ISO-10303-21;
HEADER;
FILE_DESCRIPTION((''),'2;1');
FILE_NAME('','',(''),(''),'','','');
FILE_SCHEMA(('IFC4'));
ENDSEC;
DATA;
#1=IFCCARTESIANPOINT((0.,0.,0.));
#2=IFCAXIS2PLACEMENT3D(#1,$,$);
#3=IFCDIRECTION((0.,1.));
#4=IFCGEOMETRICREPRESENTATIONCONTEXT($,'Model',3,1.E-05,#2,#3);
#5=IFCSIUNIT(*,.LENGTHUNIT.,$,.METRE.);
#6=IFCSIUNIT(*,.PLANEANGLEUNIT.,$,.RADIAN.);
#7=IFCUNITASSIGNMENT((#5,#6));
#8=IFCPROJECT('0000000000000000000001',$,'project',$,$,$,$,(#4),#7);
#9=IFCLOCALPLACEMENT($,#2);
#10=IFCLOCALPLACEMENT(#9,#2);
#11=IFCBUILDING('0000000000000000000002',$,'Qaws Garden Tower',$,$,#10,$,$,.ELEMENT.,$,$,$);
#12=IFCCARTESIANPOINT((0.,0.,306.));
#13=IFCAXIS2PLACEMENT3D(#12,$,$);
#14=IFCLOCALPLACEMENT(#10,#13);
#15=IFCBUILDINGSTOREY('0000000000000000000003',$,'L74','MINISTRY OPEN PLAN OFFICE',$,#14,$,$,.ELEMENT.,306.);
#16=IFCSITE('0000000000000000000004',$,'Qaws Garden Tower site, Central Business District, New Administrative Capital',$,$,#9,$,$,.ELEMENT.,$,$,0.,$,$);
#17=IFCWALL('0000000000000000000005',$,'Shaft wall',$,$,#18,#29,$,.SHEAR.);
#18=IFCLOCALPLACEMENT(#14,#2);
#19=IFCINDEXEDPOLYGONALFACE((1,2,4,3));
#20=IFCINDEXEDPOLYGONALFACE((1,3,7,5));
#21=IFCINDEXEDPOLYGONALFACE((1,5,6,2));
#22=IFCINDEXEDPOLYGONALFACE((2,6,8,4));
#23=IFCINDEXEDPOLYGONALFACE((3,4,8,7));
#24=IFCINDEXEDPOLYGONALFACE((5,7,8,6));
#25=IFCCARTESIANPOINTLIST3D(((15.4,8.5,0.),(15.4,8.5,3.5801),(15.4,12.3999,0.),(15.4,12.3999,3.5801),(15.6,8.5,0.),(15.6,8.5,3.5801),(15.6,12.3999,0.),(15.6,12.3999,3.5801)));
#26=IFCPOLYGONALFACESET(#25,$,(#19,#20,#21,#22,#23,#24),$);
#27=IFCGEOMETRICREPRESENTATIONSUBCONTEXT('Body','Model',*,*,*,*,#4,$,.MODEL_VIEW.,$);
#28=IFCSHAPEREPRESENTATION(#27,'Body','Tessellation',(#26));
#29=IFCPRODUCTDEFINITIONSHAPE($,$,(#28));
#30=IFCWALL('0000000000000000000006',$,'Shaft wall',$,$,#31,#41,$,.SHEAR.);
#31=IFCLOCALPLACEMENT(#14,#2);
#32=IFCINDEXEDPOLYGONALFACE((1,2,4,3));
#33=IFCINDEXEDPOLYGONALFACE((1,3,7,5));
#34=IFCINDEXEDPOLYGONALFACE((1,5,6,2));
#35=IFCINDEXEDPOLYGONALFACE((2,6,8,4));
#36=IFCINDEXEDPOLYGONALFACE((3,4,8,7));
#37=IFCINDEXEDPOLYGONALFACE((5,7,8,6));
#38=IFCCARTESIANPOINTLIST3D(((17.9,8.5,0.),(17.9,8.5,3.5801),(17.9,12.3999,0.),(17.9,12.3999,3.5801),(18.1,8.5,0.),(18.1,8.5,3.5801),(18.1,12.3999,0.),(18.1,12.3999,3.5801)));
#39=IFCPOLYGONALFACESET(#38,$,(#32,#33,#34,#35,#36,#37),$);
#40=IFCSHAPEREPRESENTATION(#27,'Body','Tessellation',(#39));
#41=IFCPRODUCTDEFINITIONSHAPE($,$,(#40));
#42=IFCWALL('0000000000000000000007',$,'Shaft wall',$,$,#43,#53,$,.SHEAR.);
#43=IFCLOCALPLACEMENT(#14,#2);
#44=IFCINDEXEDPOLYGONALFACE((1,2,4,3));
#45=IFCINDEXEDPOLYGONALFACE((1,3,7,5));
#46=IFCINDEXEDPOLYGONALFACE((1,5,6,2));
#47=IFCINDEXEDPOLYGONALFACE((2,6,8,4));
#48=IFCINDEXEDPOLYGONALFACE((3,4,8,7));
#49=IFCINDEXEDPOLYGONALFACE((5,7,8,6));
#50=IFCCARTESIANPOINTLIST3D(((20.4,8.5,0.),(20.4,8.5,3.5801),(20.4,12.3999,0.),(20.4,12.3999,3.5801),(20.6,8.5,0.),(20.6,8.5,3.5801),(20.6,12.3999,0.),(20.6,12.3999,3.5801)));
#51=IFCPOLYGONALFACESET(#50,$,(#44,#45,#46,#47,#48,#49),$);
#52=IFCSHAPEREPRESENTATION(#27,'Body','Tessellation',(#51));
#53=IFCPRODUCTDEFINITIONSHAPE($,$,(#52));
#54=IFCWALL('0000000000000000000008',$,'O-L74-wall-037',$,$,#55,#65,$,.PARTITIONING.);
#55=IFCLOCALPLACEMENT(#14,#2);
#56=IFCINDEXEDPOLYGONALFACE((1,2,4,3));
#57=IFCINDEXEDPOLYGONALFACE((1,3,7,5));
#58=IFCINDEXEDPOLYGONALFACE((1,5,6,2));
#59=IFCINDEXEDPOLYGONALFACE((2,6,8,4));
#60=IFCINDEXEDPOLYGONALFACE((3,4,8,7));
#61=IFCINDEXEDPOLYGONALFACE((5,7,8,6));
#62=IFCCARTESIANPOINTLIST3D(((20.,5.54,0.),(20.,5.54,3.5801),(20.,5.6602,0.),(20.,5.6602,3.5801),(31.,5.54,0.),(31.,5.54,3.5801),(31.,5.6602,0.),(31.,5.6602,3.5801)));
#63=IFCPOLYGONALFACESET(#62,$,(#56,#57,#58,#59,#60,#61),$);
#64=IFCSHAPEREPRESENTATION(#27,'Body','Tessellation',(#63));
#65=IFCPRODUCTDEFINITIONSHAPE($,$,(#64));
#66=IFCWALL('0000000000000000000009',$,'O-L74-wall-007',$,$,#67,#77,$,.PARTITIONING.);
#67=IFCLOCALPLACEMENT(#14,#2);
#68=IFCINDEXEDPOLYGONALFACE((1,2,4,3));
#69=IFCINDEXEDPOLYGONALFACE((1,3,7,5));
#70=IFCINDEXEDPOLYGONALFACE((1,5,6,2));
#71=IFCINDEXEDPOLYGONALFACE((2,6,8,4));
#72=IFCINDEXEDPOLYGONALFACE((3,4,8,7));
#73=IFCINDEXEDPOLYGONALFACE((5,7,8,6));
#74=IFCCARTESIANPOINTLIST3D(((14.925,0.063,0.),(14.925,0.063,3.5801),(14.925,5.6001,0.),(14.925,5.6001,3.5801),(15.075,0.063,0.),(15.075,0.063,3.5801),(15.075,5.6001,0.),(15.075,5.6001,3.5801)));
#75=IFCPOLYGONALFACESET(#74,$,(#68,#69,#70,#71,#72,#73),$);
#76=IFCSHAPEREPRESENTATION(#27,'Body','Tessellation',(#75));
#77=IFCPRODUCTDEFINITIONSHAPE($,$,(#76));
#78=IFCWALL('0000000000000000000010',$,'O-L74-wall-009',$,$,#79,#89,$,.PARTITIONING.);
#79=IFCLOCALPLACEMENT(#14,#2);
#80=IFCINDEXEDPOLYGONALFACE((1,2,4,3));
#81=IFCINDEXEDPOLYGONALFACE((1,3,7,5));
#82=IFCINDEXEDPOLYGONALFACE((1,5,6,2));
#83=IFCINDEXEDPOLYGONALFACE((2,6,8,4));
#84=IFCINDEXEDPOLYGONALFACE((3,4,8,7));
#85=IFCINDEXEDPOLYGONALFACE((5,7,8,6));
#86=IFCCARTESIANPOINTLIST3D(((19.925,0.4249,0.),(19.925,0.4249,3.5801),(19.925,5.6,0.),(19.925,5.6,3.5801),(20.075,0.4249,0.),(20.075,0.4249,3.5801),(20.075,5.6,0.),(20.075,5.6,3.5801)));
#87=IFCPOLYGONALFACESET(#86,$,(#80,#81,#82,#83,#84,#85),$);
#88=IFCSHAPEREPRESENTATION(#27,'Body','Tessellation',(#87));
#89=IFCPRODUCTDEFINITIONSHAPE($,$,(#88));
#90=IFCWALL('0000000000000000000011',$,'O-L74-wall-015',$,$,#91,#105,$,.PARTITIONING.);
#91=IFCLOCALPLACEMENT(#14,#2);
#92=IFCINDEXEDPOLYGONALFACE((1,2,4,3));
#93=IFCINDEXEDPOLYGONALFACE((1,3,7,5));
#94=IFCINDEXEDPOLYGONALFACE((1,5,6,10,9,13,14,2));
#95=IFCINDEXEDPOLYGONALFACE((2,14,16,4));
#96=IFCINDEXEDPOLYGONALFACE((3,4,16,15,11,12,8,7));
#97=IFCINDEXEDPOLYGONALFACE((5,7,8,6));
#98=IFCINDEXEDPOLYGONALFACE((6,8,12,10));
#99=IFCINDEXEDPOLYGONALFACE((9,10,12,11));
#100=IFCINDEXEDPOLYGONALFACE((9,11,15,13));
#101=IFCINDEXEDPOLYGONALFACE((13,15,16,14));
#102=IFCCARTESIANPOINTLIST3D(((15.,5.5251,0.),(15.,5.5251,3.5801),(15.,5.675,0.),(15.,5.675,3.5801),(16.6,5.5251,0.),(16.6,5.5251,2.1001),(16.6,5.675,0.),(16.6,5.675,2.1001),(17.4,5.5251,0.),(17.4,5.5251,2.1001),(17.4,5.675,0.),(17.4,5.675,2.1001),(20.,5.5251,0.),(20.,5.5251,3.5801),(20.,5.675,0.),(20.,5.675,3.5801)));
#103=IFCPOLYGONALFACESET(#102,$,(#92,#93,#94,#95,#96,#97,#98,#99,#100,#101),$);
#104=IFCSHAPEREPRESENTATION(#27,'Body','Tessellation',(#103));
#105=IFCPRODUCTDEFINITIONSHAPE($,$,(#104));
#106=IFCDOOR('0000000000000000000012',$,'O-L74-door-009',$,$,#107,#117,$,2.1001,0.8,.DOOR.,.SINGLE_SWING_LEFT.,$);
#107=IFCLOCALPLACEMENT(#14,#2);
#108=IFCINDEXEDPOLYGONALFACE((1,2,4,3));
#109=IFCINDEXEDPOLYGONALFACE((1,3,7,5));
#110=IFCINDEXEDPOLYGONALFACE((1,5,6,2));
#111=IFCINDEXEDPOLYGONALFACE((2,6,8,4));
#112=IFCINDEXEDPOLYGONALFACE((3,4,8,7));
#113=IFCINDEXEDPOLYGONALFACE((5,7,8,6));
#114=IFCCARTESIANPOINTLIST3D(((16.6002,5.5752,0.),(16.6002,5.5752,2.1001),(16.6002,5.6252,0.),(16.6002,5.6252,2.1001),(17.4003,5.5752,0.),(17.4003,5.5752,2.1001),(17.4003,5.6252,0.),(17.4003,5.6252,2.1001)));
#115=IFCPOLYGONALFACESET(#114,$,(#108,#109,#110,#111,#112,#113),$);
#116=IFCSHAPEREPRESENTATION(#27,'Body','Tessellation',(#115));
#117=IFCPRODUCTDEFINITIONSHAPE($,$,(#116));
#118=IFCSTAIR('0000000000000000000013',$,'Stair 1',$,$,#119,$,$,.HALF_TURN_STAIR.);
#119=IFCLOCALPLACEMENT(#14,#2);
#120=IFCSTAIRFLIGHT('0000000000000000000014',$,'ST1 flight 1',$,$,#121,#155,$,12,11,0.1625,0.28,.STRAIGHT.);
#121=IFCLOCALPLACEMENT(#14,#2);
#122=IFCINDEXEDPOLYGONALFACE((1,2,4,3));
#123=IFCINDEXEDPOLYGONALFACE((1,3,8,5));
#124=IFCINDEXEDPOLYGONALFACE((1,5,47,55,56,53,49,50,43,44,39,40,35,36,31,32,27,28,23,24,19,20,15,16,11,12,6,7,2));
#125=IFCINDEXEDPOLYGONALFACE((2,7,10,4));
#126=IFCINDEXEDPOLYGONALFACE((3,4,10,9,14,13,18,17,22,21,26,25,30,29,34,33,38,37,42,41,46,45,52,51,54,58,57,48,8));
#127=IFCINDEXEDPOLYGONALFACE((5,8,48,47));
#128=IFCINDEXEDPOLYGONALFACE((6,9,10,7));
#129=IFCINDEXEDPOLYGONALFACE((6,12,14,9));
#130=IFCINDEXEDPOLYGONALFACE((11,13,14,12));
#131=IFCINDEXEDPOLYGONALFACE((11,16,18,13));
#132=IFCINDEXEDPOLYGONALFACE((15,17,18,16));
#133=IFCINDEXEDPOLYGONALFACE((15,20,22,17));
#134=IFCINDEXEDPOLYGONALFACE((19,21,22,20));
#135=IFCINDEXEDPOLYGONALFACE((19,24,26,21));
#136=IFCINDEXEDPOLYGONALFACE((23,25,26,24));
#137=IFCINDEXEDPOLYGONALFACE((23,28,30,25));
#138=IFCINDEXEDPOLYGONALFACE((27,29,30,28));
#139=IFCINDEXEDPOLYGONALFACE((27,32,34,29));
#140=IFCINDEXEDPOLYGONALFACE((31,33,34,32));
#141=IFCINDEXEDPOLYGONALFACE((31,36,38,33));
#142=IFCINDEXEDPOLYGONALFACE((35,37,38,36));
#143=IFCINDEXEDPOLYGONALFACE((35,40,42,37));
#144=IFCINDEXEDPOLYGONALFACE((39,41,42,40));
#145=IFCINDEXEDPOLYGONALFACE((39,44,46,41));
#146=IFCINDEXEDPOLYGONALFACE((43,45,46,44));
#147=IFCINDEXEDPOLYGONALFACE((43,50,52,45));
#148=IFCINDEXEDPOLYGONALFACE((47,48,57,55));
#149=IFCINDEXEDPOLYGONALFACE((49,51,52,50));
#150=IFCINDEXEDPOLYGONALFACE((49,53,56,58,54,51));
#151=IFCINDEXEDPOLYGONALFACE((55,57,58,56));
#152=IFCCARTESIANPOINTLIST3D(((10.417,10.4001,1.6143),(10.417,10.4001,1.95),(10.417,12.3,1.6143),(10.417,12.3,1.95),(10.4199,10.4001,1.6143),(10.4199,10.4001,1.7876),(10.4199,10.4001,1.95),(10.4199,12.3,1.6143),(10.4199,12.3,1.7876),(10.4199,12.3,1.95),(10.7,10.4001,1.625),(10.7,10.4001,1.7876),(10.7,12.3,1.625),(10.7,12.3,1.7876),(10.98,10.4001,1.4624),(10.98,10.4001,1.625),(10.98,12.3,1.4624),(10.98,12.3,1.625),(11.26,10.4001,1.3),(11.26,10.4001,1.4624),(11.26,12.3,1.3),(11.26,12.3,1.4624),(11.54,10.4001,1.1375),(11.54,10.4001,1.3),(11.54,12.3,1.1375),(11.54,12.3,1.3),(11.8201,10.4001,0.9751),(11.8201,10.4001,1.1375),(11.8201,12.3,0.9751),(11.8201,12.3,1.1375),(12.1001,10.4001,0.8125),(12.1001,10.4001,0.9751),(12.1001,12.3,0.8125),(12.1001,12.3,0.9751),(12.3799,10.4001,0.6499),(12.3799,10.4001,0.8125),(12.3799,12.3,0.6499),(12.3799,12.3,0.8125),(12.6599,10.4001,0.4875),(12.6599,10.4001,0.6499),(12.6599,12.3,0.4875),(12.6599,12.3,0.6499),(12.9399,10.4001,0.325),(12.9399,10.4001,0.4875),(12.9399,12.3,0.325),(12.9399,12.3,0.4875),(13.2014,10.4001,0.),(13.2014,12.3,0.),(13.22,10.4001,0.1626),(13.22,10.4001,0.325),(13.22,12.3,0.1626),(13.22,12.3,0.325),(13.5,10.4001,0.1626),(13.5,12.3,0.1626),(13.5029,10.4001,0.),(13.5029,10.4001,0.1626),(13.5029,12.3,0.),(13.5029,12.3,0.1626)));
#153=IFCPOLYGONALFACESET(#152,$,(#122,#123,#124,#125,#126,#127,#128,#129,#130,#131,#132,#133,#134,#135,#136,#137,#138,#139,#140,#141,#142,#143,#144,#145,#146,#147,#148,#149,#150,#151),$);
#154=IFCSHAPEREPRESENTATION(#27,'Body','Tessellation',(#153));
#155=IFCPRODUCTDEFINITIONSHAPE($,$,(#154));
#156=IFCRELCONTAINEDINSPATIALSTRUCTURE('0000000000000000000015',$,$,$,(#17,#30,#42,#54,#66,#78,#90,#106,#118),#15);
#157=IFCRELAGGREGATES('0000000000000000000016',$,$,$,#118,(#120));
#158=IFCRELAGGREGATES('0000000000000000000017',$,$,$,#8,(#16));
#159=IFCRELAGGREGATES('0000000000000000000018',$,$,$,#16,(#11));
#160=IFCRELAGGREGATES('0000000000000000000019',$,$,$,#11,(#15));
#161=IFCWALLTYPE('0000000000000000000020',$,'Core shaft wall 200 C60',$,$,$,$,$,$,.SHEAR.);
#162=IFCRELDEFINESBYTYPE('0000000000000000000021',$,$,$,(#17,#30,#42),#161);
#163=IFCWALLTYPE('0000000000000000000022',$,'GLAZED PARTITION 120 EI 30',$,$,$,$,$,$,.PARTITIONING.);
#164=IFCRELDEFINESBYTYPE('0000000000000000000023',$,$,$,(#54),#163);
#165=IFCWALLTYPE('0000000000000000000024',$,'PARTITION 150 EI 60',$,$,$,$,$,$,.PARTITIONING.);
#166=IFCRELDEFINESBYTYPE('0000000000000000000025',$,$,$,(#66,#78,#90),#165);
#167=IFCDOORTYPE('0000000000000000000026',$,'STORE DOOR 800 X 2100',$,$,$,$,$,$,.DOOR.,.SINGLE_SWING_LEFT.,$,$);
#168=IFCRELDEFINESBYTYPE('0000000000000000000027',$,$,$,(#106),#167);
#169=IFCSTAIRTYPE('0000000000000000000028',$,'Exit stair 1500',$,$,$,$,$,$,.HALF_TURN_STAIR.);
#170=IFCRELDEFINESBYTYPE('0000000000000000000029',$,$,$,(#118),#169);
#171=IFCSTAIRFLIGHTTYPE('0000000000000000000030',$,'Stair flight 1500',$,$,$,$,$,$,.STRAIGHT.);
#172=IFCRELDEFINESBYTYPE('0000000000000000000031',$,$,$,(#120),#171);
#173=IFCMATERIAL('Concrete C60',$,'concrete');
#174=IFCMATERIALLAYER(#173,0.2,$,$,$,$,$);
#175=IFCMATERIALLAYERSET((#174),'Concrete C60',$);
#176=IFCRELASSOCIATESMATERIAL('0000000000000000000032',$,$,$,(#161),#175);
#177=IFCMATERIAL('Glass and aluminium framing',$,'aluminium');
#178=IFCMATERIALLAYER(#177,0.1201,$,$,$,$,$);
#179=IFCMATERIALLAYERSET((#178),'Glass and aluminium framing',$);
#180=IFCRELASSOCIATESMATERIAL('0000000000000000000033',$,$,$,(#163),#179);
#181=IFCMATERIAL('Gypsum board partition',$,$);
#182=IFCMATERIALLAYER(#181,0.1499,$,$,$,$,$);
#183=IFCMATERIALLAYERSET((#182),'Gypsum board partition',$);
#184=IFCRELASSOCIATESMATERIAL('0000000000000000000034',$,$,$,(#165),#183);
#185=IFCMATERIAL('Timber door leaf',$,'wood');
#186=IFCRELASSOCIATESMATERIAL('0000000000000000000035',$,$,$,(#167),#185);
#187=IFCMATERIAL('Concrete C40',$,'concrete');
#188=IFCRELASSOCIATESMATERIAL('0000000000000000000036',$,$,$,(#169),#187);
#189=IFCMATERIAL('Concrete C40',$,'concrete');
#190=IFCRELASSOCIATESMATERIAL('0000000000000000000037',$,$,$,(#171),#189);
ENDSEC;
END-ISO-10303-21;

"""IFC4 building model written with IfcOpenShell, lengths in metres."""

from ifc_helpers import new_model, si_unit, direction, frame, frame_2d, origin, place, context, subcontext, project, spatial, polyline, rectangle, outline, extrude, material, layer, layer_set, type_object, element, fill, aggregate, save


model = new_model("IFC4")

# Units and contexts
model_context = context("Model", 3, precision=1e-05, world=origin(), true_north=direction((0.0, 1.0)))
body_context = subcontext(model_context, "Body", "Model", "MODEL_VIEW")
ifc_project = project(units=[si_unit("LENGTHUNIT", "METRE"), si_unit("PLANEANGLEUNIT", "RADIAN")], contexts=[model_context])

# Site, building, storey
site_placement = place(None, origin())
site = spatial("IfcSite", under=ifc_project, at=site_placement, Name="Qaws Garden Tower site, Central Business District, New Administrative Capital", CompositionType="ELEMENT", RefElevation=0.0)
building_placement = place(site_placement, origin())
building = spatial("IfcBuilding", under=site, at=building_placement, Name="Qaws Garden Tower", CompositionType="ELEMENT")
storey_placement = place(building_placement, frame((0.0, 0.0, 306.0)))
storey = spatial("IfcBuildingStorey", under=building, at=storey_placement, Name="L74", Description="MINISTRY OPEN PLAN OFFICE", CompositionType="ELEMENT", Elevation=306.0)

# Walls
ifc_material_1 = material(Name="Concrete C60", Category="concrete")
ifc_layer_1 = layer(ifc_material_1, 0.2)
ifc_layer_set_1 = layer_set([ifc_layer_1], Name="Concrete C60")
wall_type_1 = type_object("IfcWallType", Name="Core shaft wall 200 C60", PredefinedType="SHEAR", material=ifc_layer_set_1)
for number, where, z_axis, x_axis, name in (
    (1, (15.5, 8.5, 0.0), (0.0, 0.0, 1.0), (0.0, 1.0, 0.0), "Shaft wall"),
    (2, (18.0, 8.5, 0.0), (0.0, 0.0, 1.0), (0.0, 1.0, 0.0), "Shaft wall"),
    (3, (20.5, 8.5, 0.0), (0.0, 0.0, 1.0), (0.0, 1.0, 0.0), "Shaft wall"),
):
    element("IfcWall", number, at=place(storey_placement, frame(where, z_axis=z_axis, x_axis=x_axis)), inside=storey, type_object=wall_type_1, Name=name, PredefinedType="SHEAR", context=body_context, shape_type="SweptSolid", body=[
        extrude(rectangle(XDim=3.8999, YDim=0.2, at=frame_2d((1.95, 0.0))), origin(), (0.0, 0.0, 1.0), 3.5801),
    ])
ifc_material_2 = material(Name="Glass and aluminium framing", Category="aluminium")
ifc_layer_2 = layer(ifc_material_2, 0.1201)
ifc_layer_set_2 = layer_set([ifc_layer_2], Name="Glass and aluminium framing")
wall_type_2 = type_object("IfcWallType", Name="GLAZED PARTITION 120 EI 30", PredefinedType="PARTITIONING", material=ifc_layer_set_2)
wall_1_placement = place(storey_placement, frame((20.0, 5.6001, 0.0), z_axis=(0.0, 0.0, 1.0), x_axis=(1.0, 0.0, 0.0)))
element("IfcWall", 4, at=wall_1_placement, inside=storey, type_object=wall_type_2, Name="O-L74-wall-037", PredefinedType="PARTITIONING", context=body_context, shape_type="SweptSolid", body=[
    extrude(rectangle(XDim=11.0, YDim=0.1201, at=frame_2d((5.5, 0.0))), origin(), (0.0, 0.0, 1.0), 3.5801),
])
ifc_material_3 = material(Name="Gypsum board partition")
ifc_layer_3 = layer(ifc_material_3, 0.1499)
ifc_layer_set_3 = layer_set([ifc_layer_3], Name="Gypsum board partition")
wall_type_3 = type_object("IfcWallType", Name="PARTITION 150 EI 60", PredefinedType="PARTITIONING", material=ifc_layer_set_3)
wall_2_placement = place(storey_placement, frame((15.0, 0.063, 0.0), z_axis=(0.0, 0.0, 1.0), x_axis=(0.0, 1.0, 0.0)))
element("IfcWall", 5, at=wall_2_placement, inside=storey, type_object=wall_type_3, Name="O-L74-wall-007", PredefinedType="PARTITIONING", context=body_context, shape_type="SweptSolid", body=[
    extrude(rectangle(XDim=5.5371, YDim=0.1499, at=frame_2d((2.7686, 0.0))), origin(), (0.0, 0.0, 1.0), 3.5801),
])
wall_3_placement = place(storey_placement, frame((20.0, 0.425, 0.0), z_axis=(0.0, 0.0, 1.0), x_axis=(0.0, 1.0, 0.0)))
element("IfcWall", 6, at=wall_3_placement, inside=storey, type_object=wall_type_3, Name="O-L74-wall-009", PredefinedType="PARTITIONING", context=body_context, shape_type="SweptSolid", body=[
    extrude(rectangle(XDim=5.175, YDim=0.1499, at=frame_2d((2.5874, 0.0))), origin(), (0.0, 0.0, 1.0), 3.5801),
])

# Wall, opening, door
wall_4_placement = place(storey_placement, frame((15.0, 5.6001, 0.0), z_axis=(0.0, 0.0, 1.0), x_axis=(1.0, 0.0, 0.0)))
wall_4 = element("IfcWall", 7, at=wall_4_placement, inside=storey, type_object=wall_type_3, Name="O-L74-wall-015", PredefinedType="PARTITIONING", context=body_context, shape_type="SweptSolid", body=[
    extrude(rectangle(XDim=5.0, YDim=0.1499, at=frame_2d((2.5, 0.0))), origin(), (0.0, 0.0, 1.0), 3.5801),
])
opening_1_placement = place(wall_4_placement, frame((1.6001, 0.0, 0.0)))
opening_1 = element("IfcOpeningElement", 8, at=opening_1_placement, cuts=wall_4, PredefinedType="OPENING", context=body_context, shape_type="SweptSolid", body=[
    extrude(rectangle(XDim=0.8, YDim=2.1001, at=frame_2d((0.3999, 1.05))), frame((0.0, 0.085, 0.0), z_axis=(0.0, -1.0, 0.0), x_axis=(1.0, 0.0, 0.0)), (0.0, 0.0, 1.0), 0.1699),
])
ifc_material_4 = material(Name="Timber door leaf", Category="wood")
door_type = type_object("IfcDoorType", Name="STORE DOOR 800 X 2100", OperationType="SINGLE_SWING_LEFT", PredefinedType="DOOR", material=ifc_material_4)
door_placement = place(opening_1_placement, frame((0.8, 0.0, 0.0), z_axis=(0.0, 0.0, 1.0), x_axis=(-1.0, 0.0, 0.0)))
door = element("IfcDoor", 9, at=door_placement, inside=storey, type_object=door_type, Name="O-L74-door-009", OperationType="SINGLE_SWING_LEFT", OverallHeight=2.1001, OverallWidth=0.8, PredefinedType="DOOR", context=body_context, shape_type="SweptSolid", body=[
    extrude(rectangle(XDim=0.8, YDim=2.1001, at=frame_2d((0.3999, 1.05))), frame((0.0, 0.0249, 0.0), z_axis=(0.0, -1.0, 0.0), x_axis=(1.0, 0.0, 0.0)), (0.0, 0.0, 1.0), 0.05),
])
fill(opening_1, door)

# Stair, stair flight
ifc_material_5 = material(Name="Concrete C40", Category="concrete")
stair_type = type_object("IfcStairType", Name="Exit stair 1500", PredefinedType="HALF_TURN_STAIR", material=ifc_material_5)
stair_placement = place(storey_placement, origin())
stair = element("IfcStair", 10, at=stair_placement, inside=storey, type_object=stair_type, Name="Stair 1", PredefinedType="HALF_TURN_STAIR")
ifc_material_6 = material(Name="Concrete C40", Category="concrete")
stair_flight_type = type_object("IfcStairFlightType", Name="Stair flight 1500", PredefinedType="STRAIGHT", material=ifc_material_6)
stair_flight_placement = place(storey_placement, frame((13.5, 11.3501, 0.0), z_axis=(0.0, 0.0, 1.0), x_axis=(-1.0, 0.0, 0.0)))
stair_flight = element("IfcStairFlight", 11, at=stair_flight_placement, type_object=stair_flight_type, Name="ST1 flight 1", NumberOfRisers=12, NumberOfTreads=11, PredefinedType="STRAIGHT", RiserHeight=0.1625, TreadLength=0.28, context=body_context, shape_type="SweptSolid", body=[
    extrude(outline(polyline([(-0.0029, 0.0), (-0.0029, 0.1626), (0.0, 0.1626), (0.28, 0.1626), (0.28, 0.325), (0.5601, 0.325), (0.5601, 0.4875), (0.8401, 0.4875), (0.8401, 0.6499), (1.1201, 0.6499), (1.1201, 0.8125), (1.3999, 0.8125), (1.3999, 0.9751), (1.6799, 0.9751), (1.6799, 1.1375), (1.96, 1.1375), (1.96, 1.3), (2.24, 1.3), (2.24, 1.4624), (2.52, 1.4624), (2.52, 1.625), (2.8, 1.625), (2.8, 1.7876), (3.0801, 1.7876), (3.0801, 1.95), (3.083, 1.95), (3.083, 1.6143), (3.0801, 1.6143), (0.2986, 0.0), (-0.0029, 0.0)])), frame((0.0, 0.95, 0.0), z_axis=(0.0, -1.0, 0.0), x_axis=(1.0, 0.0, 0.0)), (0.0, 0.0, 1.0), 1.8999),
])
aggregate(stair, [stair_flight])

save(model, "model.ifc")
